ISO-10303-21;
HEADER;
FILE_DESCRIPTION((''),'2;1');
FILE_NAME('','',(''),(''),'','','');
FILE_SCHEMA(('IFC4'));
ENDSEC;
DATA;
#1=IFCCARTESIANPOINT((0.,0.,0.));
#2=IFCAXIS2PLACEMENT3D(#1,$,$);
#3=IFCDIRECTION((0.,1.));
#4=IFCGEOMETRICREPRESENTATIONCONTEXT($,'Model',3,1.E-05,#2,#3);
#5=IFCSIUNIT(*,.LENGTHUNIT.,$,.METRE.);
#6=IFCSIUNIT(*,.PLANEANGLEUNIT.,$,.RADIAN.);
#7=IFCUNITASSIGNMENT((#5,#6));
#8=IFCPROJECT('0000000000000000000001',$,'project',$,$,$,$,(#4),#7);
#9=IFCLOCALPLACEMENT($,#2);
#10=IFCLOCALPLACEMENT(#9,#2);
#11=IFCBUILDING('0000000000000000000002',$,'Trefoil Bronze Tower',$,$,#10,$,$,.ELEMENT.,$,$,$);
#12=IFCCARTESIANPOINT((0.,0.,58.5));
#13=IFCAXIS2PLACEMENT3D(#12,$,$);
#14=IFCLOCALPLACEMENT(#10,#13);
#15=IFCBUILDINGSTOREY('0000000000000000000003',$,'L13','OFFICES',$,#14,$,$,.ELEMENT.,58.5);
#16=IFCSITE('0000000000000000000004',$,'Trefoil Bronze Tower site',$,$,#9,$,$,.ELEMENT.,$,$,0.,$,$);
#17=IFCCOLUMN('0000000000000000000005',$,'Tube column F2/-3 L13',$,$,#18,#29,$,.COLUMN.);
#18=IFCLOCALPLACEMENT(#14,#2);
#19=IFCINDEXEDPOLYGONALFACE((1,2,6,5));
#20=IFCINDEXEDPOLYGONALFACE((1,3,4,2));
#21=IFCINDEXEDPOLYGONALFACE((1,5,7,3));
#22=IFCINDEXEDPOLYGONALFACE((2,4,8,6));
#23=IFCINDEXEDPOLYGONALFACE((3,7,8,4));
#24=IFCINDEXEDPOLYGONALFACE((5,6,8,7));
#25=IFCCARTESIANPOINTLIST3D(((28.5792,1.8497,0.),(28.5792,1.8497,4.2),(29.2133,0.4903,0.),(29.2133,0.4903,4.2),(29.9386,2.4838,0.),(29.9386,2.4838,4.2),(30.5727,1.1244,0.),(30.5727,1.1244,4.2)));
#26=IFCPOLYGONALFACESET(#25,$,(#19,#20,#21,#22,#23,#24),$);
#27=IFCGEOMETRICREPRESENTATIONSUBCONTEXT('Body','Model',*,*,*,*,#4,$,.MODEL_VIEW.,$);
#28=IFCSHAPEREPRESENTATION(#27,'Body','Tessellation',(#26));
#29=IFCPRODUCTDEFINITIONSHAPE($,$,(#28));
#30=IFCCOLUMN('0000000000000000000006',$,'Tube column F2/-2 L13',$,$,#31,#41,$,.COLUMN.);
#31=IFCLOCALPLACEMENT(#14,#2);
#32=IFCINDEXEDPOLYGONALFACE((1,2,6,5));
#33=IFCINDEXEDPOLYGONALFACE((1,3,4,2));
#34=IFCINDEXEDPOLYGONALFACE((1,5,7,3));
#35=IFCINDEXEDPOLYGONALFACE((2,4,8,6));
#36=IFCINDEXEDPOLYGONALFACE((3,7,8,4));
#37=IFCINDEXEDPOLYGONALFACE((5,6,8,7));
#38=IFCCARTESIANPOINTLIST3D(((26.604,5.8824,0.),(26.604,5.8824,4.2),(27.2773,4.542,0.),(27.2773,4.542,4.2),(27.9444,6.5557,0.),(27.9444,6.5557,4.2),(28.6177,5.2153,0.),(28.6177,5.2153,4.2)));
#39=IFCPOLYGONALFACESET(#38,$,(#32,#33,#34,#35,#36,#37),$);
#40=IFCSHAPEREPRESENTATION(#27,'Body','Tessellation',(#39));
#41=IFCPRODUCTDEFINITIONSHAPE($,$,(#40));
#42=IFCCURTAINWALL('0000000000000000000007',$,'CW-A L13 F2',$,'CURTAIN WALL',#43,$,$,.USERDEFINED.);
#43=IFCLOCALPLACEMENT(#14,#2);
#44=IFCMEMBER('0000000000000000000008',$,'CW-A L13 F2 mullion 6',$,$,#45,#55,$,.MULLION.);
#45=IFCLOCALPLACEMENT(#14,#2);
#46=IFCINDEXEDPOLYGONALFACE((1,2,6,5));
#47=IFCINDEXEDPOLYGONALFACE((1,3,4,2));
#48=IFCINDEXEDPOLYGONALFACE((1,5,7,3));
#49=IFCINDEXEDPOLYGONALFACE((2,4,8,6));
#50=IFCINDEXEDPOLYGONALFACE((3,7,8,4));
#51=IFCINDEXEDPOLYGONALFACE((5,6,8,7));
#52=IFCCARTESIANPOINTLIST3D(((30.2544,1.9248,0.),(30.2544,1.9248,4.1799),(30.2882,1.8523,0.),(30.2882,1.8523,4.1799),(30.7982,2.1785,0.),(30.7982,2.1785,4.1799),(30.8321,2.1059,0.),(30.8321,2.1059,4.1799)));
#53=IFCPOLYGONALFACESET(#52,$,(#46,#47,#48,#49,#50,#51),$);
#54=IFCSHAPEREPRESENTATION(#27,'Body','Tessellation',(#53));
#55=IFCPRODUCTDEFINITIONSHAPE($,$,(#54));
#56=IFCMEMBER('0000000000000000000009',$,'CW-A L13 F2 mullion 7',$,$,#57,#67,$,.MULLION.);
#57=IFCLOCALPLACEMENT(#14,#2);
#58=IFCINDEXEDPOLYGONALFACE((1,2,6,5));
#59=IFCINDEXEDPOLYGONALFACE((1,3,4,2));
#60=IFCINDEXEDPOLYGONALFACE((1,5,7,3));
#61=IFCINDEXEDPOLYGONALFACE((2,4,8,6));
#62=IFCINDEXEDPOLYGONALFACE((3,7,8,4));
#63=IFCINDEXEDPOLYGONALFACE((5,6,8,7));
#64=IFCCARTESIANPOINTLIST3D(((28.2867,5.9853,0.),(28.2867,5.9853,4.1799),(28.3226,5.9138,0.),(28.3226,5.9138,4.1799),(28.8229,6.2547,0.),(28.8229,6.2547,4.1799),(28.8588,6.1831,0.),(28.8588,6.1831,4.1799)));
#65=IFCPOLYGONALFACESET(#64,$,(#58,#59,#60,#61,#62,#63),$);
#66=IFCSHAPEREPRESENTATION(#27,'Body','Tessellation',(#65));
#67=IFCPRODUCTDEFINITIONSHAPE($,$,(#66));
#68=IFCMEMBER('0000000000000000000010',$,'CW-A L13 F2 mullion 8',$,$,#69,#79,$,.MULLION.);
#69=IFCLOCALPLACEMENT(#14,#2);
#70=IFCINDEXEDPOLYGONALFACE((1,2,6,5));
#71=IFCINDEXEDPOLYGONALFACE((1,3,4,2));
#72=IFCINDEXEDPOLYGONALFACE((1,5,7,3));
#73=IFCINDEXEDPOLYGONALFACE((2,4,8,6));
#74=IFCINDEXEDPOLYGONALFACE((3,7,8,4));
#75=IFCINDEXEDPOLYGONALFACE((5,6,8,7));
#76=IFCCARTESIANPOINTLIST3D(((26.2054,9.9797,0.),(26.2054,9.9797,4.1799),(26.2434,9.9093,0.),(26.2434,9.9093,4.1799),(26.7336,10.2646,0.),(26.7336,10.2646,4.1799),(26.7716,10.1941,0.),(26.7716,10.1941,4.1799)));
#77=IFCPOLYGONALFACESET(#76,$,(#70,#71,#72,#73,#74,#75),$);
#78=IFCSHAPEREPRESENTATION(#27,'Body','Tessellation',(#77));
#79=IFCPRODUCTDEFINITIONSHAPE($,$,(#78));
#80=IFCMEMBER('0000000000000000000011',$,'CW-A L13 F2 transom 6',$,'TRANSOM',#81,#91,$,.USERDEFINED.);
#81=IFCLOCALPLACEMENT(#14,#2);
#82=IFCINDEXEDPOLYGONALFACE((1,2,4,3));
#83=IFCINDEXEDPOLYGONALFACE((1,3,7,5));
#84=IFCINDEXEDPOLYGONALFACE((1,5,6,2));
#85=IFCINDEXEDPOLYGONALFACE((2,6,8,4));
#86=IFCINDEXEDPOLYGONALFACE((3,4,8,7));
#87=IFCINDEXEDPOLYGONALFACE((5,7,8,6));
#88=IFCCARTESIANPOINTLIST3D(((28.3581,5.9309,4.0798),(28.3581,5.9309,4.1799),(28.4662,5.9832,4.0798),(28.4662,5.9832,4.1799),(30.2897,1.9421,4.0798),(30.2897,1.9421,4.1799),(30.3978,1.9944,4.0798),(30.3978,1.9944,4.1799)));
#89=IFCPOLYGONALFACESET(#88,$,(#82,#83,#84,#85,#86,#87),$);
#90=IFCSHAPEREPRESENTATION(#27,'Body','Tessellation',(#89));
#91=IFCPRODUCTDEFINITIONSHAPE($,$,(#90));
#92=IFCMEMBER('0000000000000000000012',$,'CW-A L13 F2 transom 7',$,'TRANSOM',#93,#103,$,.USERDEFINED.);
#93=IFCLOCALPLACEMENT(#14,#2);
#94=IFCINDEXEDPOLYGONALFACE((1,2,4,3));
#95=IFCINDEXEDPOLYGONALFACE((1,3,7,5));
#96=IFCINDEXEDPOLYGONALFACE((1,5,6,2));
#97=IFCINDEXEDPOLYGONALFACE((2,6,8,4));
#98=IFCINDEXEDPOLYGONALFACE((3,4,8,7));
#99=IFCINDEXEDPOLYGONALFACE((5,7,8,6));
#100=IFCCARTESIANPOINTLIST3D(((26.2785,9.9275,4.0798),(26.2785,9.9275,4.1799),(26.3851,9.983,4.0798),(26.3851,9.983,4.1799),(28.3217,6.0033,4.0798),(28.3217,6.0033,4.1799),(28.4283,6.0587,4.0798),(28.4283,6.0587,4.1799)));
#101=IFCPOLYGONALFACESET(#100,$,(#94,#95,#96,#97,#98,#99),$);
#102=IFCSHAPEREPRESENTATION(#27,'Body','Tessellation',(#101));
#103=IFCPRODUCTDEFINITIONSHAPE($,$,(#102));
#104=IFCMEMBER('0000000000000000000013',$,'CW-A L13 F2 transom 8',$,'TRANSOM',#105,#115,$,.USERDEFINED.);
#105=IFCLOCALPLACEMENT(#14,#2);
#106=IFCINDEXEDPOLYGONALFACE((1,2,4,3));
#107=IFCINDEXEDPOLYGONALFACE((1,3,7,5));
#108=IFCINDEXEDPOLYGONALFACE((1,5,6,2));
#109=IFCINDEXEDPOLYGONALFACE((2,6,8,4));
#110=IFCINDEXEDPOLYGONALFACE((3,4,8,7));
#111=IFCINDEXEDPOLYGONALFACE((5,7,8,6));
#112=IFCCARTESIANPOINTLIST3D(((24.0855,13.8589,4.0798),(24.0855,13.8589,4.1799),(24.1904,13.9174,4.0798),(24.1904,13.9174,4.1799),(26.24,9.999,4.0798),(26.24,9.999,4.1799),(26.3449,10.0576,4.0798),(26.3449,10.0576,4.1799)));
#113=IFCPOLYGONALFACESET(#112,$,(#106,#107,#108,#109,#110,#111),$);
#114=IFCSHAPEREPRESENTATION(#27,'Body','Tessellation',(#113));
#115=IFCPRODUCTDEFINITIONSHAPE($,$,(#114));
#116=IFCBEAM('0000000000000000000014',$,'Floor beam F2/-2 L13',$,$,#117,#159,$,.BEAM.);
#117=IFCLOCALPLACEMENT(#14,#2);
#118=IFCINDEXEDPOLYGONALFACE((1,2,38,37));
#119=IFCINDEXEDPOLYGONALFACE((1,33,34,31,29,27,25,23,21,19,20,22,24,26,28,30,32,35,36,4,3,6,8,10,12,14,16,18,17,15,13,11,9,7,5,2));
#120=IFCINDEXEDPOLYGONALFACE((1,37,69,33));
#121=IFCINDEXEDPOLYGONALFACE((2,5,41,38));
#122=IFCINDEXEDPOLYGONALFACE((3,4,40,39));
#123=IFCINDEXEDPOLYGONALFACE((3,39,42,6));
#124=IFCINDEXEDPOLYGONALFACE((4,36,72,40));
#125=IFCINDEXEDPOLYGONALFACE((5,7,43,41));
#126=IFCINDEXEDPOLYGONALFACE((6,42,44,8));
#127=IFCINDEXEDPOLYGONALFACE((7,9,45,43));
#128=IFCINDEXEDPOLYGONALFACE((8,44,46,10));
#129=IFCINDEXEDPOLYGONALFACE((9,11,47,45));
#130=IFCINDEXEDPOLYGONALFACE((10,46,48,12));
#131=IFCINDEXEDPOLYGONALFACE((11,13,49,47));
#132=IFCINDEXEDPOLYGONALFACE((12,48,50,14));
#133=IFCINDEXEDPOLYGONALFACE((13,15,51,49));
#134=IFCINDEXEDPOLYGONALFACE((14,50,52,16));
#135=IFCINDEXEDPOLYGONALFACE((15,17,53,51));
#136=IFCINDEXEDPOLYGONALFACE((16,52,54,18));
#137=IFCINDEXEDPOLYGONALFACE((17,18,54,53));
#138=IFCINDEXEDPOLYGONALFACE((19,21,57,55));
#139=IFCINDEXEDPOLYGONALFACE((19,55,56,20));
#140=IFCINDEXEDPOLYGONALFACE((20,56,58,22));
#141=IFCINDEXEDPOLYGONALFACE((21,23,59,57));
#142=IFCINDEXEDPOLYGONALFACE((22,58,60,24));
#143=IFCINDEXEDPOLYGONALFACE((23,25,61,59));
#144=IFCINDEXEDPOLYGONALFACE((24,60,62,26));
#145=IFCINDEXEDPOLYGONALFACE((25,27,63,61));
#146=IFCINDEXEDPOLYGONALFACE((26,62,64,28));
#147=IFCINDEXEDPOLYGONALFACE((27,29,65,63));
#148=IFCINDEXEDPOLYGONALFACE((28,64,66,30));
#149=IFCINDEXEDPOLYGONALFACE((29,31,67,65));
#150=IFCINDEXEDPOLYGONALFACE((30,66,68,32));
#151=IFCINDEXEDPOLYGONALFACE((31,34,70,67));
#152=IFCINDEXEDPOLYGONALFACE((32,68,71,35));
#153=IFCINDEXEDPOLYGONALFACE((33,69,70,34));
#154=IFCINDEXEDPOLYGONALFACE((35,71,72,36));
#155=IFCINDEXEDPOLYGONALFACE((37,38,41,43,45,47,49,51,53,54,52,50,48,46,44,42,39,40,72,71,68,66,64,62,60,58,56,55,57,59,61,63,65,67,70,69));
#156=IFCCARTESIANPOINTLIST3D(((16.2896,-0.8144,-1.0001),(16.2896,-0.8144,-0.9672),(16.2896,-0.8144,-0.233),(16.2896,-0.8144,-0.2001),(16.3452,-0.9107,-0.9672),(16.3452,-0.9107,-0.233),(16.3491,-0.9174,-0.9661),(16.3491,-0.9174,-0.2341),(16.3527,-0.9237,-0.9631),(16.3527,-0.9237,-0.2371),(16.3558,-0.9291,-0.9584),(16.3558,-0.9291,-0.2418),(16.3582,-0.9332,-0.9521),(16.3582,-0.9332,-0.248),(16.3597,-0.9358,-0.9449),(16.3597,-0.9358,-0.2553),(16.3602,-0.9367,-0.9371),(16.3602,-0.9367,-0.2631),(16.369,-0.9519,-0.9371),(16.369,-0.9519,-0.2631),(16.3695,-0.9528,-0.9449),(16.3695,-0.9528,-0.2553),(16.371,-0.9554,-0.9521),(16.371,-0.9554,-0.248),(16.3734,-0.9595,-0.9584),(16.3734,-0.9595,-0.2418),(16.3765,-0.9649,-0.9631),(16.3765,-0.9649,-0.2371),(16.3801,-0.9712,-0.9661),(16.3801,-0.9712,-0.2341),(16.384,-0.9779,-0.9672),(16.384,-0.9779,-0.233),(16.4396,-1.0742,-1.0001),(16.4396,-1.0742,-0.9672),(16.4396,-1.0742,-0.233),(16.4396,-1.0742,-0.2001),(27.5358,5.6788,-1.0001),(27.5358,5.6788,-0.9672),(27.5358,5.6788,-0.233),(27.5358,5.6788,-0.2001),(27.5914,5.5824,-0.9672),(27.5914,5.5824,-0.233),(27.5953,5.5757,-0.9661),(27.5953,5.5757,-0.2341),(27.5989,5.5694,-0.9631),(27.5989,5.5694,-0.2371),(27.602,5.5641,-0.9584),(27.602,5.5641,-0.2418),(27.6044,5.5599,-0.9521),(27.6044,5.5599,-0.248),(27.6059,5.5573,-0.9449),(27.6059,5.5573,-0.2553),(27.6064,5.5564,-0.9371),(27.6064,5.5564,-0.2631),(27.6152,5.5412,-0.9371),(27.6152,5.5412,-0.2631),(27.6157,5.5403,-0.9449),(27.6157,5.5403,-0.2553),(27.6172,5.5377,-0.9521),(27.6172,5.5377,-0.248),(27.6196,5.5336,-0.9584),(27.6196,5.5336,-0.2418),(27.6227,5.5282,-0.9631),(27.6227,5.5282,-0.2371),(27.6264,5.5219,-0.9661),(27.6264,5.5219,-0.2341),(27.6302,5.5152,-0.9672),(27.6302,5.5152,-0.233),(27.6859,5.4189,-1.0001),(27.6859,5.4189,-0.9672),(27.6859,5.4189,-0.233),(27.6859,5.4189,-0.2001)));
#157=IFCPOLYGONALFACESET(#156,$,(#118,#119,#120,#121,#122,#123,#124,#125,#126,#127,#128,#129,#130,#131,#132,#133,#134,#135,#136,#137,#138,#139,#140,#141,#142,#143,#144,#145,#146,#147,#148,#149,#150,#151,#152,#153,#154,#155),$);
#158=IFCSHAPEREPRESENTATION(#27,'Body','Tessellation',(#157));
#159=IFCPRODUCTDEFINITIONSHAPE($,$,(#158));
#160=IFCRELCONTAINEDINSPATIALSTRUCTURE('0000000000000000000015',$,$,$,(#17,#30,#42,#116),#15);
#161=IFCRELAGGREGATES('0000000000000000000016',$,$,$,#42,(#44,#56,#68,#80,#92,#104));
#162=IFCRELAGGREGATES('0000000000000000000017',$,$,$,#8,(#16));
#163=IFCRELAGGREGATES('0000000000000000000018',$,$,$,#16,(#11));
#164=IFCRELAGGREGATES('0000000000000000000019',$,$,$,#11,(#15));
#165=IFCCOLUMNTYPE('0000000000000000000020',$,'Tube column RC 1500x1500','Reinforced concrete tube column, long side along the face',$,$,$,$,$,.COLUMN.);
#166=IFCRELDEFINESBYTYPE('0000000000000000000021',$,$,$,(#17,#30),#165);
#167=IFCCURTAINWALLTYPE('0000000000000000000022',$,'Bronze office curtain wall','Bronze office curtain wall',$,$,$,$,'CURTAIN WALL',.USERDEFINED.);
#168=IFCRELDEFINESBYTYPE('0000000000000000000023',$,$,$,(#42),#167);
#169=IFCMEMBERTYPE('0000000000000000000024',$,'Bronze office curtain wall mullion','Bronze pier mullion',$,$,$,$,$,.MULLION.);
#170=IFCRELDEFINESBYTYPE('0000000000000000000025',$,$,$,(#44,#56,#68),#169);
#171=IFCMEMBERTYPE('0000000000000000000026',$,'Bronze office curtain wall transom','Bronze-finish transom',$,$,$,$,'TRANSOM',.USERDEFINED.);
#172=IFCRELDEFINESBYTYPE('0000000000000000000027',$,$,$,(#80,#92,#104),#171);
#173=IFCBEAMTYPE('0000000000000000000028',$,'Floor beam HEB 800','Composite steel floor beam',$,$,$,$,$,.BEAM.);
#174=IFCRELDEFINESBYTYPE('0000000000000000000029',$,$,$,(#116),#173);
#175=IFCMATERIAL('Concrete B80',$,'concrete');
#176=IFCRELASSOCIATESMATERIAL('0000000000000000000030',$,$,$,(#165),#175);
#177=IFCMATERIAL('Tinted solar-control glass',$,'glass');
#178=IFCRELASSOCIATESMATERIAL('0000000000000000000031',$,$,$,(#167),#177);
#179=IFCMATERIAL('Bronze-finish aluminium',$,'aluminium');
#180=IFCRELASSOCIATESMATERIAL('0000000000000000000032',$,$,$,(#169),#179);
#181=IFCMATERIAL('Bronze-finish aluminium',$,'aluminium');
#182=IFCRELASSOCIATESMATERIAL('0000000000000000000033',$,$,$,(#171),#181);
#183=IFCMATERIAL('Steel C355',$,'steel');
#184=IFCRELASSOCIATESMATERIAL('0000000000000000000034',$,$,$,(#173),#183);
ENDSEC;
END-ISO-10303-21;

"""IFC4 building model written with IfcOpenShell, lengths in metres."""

from ifc_helpers import new_model, si_unit, direction, frame, origin, origin_2d, place, context, subcontext, project, spatial, rectangle, i_section, extrude, material, material_profile, profile_set, type_object, element, aggregate, save


model = new_model("IFC4")

# Units and contexts
model_context = context("Model", 3, precision=1e-05, world=origin(), true_north=direction((0.0, 1.0)))
body_context = subcontext(model_context, "Body", "Model", "MODEL_VIEW")
ifc_project = project(units=[si_unit("LENGTHUNIT", "METRE"), si_unit("PLANEANGLEUNIT", "RADIAN")], contexts=[model_context])

# Site, building, storey
site_placement = place(None, origin())
site = spatial("IfcSite", under=ifc_project, at=site_placement, Name="Trefoil Bronze Tower site", CompositionType="ELEMENT", RefElevation=0.0)
building_placement = place(site_placement, origin())
building = spatial("IfcBuilding", under=site, at=building_placement, Name="Trefoil Bronze Tower", CompositionType="ELEMENT")
storey_placement = place(building_placement, frame((0.0, 0.0, 58.5)))
storey = spatial("IfcBuildingStorey", under=building, at=storey_placement, Name="L13", Description="OFFICES", CompositionType="ELEMENT", Elevation=58.5)

# Columns
ifc_material_1 = material(Name="Concrete B80", Category="concrete")
ifc_material_profile_1 = material_profile(ifc_material_1, rectangle(XDim=1.5, YDim=1.5, at=origin_2d()), Name="RC 1500x1500")
ifc_profile_set_1 = profile_set([ifc_material_profile_1], Name="Concrete B80")
column_type = type_object("IfcColumnType", Name="Tube column RC 1500x1500", Description="Reinforced concrete tube column, long side along the face", PredefinedType="COLUMN", material=ifc_profile_set_1)
for number, where, z_axis, x_axis, name in (
    (1, (29.5759, 1.4871, 0.0), (0.0, 0.0, 1.0), (-0.422701, 0.906269, 0.0), "Tube column F2/-3 L13"),
    (2, (27.6108, 5.5488, 0.0), (0.0, 0.0, 1.0), (-0.44889, 0.893587, 0.0), "Tube column F2/-2 L13"),
):
    element("IfcColumn", number, at=place(storey_placement, frame(where, z_axis=z_axis, x_axis=x_axis)), inside=storey, type_object=column_type, Name=name, PredefinedType="COLUMN", context=body_context, shape_type="SweptSolid", body=[
        extrude(rectangle(XDim=1.5, YDim=1.5, at=origin_2d()), origin(), (0.0, 0.0, 1.0), 4.2),
    ])

# Curtain wall, members
ifc_material_2 = material(Name="Tinted solar-control glass", Category="glass")
curtain_wall_type = type_object("IfcCurtainWallType", Name="Bronze office curtain wall", Description="Bronze office curtain wall", ElementType="CURTAIN WALL", PredefinedType="USERDEFINED", material=ifc_material_2)
curtain_wall_placement = place(storey_placement, origin())
curtain_wall = element("IfcCurtainWall", 3, at=curtain_wall_placement, inside=storey, type_object=curtain_wall_type, Name="CW-A L13 F2", ObjectType="CURTAIN WALL", PredefinedType="USERDEFINED")
ifc_material_3 = material(Name="Bronze-finish aluminium", Category="aluminium")
ifc_material_profile_2 = material_profile(ifc_material_3, rectangle(XDim=0.6001, YDim=0.0801, at=origin_2d()), Name="CW-A mullion")
ifc_profile_set_2 = profile_set([ifc_material_profile_2], Name="Bronze-finish aluminium")
member_type_1 = type_object("IfcMemberType", Name="Bronze office curtain wall mullion", Description="Bronze pier mullion", PredefinedType="MULLION", material=ifc_profile_set_2)
member_1_placement = place(storey_placement, frame((30.5432, 2.0154, 0.0), z_axis=(0.0, 0.0, 1.0), x_axis=(-0.906269, -0.422701, 0.0)))
member_1 = element("IfcMember", 4, at=member_1_placement, type_object=member_type_1, Name="CW-A L13 F2 mullion 6", PredefinedType="MULLION", context=body_context, shape_type="SweptSolid", body=[
    extrude(rectangle(XDim=0.6001, YDim=0.0801, at=origin_2d()), origin(), (0.0, 0.0, 1.0), 4.1799),
])
member_2_placement = place(storey_placement, frame((28.5728, 6.0842, 0.0), z_axis=(0.0, 0.0, 1.0), x_axis=(-0.893587, -0.44889, 0.0)))
member_2 = element("IfcMember", 5, at=member_2_placement, type_object=member_type_1, Name="CW-A L13 F2 mullion 7", PredefinedType="MULLION", context=body_context, shape_type="SweptSolid", body=[
    extrude(rectangle(XDim=0.6001, YDim=0.0801, at=origin_2d()), origin(), (0.0, 0.0, 1.0), 4.1799),
])
member_3_placement = place(storey_placement, frame((26.4885, 10.0869, 0.0), z_axis=(0.0, 0.0, 1.0), x_axis=(-0.880171, -0.474656, 0.0)))
member_3 = element("IfcMember", 6, at=member_3_placement, type_object=member_type_1, Name="CW-A L13 F2 mullion 8", PredefinedType="MULLION", context=body_context, shape_type="SweptSolid", body=[
    extrude(rectangle(XDim=0.6001, YDim=0.0801, at=origin_2d()), origin(), (0.0, 0.0, 1.0), 4.1799),
])
ifc_material_4 = material(Name="Bronze-finish aluminium", Category="aluminium")
ifc_material_profile_3 = material_profile(ifc_material_4, rectangle(XDim=0.1201, YDim=0.1001, at=origin_2d()), Name="CW-A transom")
ifc_profile_set_3 = profile_set([ifc_material_profile_3], Name="Bronze-finish aluminium")
member_type_2 = type_object("IfcMemberType", Name="Bronze office curtain wall transom", Description="Bronze-finish transom", ElementType="TRANSOM", PredefinedType="USERDEFINED", material=ifc_profile_set_3)
member_4_placement = place(storey_placement, frame((30.3438, 1.9683, 4.1299), z_axis=(-0.435852, 0.900018, 0.0), x_axis=(-0.900018, -0.435852, 0.0)))
member_4 = element("IfcMember", 7, at=member_4_placement, type_object=member_type_2, Name="CW-A L13 F2 transom 6", ObjectType="TRANSOM", PredefinedType="USERDEFINED", context=body_context, shape_type="SweptSolid", body=[
    extrude(rectangle(XDim=0.1201, YDim=0.1001, at=origin_2d()), origin(), (0.0, 0.0, 1.0), 4.4319),
])
member_5_placement = place(storey_placement, frame((28.375, 6.031, 4.1299), z_axis=(-0.46181, 0.886979, 0.0), x_axis=(-0.886979, -0.46181, 0.0)))
member_5 = element("IfcMember", 8, at=member_5_placement, type_object=member_type_2, Name="CW-A L13 F2 transom 7", ObjectType="TRANSOM", PredefinedType="USERDEFINED", context=body_context, shape_type="SweptSolid", body=[
    extrude(rectangle(XDim=0.1201, YDim=0.1001, at=origin_2d()), origin(), (0.0, 0.0, 1.0), 4.4243),
])
member_6_placement = place(storey_placement, frame((26.2925, 10.0283, 4.1299), z_axis=(-0.4874, 0.873179, 0.0), x_axis=(-0.873179, -0.4874, 0.0)))
member_6 = element("IfcMember", 9, at=member_6_placement, type_object=member_type_2, Name="CW-A L13 F2 transom 8", ObjectType="TRANSOM", PredefinedType="USERDEFINED", context=body_context, shape_type="SweptSolid", body=[
    extrude(rectangle(XDim=0.1201, YDim=0.1001, at=origin_2d()), origin(), (0.0, 0.0, 1.0), 4.4204),
])

# Beam
ifc_material_5 = material(Name="Steel C355", Category="steel")
ifc_material_profile_4 = material_profile(ifc_material_5, i_section(OverallWidth=0.3, OverallDepth=0.8, WebThickness=0.0176, FlangeThickness=0.033, FilletRadius=0.03, at=origin_2d()), Name="HEB 800")
ifc_profile_set_4 = profile_set([ifc_material_profile_4], Name="Steel C355")
beam_type_1 = type_object("IfcBeamType", Name="Floor beam HEB 800", Description="Composite steel floor beam", PredefinedType="BEAM", material=ifc_profile_set_4)
beam_1_placement = place(storey_placement, frame((27.6108, 5.5488, -0.6001), z_axis=(-0.866022, -0.500005, 0.0), x_axis=(0.500005, -0.866022, 0.0)))
element("IfcBeam", 10, at=beam_1_placement, inside=storey, type_object=beam_type_1, Name="Floor beam F2/-2 L13", PredefinedType="BEAM", context=body_context, shape_type="SweptSolid", body=[
    extrude(i_section(OverallWidth=0.3, OverallDepth=0.8, WebThickness=0.0176, FlangeThickness=0.033, FilletRadius=0.03, at=origin_2d()), origin(), (0.0, 0.0, 1.0), 12.9861),
])

aggregate(curtain_wall, [member_1, member_2, member_3, member_4, member_5, member_6])

save(model, "model.ifc")
